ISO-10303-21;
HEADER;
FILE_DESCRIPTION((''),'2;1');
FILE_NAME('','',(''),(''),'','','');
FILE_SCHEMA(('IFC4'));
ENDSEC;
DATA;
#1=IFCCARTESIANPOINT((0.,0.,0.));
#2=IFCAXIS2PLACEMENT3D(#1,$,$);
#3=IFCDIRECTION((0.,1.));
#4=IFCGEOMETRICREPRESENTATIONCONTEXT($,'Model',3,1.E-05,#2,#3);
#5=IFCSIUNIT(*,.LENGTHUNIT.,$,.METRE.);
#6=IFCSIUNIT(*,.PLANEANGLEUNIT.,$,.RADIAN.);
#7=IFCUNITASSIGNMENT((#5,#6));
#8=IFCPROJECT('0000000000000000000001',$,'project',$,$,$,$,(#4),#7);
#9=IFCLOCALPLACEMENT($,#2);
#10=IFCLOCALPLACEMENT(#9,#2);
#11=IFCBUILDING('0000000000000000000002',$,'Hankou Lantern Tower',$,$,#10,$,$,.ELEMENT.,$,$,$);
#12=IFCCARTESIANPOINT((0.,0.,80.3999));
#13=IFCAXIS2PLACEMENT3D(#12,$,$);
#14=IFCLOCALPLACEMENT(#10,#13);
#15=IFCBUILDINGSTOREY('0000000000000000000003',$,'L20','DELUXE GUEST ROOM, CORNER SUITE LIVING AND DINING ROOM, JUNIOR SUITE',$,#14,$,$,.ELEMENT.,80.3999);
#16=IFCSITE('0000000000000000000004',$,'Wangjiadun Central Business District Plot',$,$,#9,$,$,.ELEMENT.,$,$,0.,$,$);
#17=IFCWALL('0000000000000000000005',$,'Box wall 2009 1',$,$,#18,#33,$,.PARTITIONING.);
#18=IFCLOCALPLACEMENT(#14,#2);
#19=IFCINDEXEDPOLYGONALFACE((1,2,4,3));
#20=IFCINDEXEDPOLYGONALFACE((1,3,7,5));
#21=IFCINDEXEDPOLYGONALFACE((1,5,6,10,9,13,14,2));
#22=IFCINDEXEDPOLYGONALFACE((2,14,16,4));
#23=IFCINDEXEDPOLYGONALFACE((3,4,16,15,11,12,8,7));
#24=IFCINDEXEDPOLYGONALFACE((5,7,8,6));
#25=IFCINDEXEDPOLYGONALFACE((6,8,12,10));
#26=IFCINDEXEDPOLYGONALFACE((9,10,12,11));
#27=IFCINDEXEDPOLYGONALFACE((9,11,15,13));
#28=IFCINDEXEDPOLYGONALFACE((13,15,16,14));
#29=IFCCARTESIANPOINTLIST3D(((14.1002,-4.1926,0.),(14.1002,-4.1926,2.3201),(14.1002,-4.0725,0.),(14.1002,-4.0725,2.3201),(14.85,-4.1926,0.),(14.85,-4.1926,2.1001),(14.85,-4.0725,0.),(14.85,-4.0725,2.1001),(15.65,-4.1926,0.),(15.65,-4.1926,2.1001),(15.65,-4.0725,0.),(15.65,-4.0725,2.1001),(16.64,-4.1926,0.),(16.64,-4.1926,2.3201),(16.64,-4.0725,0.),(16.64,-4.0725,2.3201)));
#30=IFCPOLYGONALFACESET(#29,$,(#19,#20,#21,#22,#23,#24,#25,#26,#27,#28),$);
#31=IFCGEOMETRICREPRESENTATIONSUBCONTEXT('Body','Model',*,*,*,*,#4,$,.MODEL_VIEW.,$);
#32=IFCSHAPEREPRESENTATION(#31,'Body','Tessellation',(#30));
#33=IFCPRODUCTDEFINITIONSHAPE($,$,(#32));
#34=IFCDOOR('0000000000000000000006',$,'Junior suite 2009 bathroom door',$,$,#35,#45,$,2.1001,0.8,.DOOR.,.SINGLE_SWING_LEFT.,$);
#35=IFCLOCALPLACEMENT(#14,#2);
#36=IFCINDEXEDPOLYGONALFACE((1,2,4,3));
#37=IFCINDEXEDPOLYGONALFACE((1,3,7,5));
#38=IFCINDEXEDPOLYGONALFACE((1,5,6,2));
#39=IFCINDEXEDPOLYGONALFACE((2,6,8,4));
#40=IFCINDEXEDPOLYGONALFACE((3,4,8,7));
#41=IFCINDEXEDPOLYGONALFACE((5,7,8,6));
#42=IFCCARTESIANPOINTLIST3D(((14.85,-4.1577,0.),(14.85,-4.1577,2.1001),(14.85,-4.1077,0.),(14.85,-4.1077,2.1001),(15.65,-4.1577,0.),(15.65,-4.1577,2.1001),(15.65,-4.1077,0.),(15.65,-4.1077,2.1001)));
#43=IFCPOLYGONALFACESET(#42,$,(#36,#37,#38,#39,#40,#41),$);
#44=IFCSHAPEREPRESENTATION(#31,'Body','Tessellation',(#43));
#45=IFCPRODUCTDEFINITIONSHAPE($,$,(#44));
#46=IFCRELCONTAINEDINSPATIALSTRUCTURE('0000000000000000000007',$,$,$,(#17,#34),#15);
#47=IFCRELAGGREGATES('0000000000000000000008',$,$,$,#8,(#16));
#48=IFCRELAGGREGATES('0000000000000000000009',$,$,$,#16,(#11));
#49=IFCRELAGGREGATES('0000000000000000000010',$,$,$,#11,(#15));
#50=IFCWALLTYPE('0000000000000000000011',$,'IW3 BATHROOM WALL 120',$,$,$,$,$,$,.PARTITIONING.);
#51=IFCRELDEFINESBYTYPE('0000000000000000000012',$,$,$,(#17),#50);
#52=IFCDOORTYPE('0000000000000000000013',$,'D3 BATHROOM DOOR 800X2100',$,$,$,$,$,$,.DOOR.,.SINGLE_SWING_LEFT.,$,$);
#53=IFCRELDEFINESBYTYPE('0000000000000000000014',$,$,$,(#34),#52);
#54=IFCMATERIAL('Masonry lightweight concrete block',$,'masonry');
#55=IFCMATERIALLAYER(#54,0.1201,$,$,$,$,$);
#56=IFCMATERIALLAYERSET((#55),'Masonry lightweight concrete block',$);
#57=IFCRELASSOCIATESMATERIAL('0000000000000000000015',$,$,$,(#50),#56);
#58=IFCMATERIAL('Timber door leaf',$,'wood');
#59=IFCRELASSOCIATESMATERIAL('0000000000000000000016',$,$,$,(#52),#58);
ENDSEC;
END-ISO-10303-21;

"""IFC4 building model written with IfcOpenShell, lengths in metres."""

from ifc_helpers import new_model, si_unit, direction, frame, frame_2d, origin, place, context, subcontext, project, spatial, rectangle, extrude, material, layer, layer_set, type_object, element, fill, save


model = new_model("IFC4")

# Units and contexts
model_context = context("Model", 3, precision=1e-05, world=origin(), true_north=direction((0.0, 1.0)))
body_context = subcontext(model_context, "Body", "Model", "MODEL_VIEW")
ifc_project = project(units=[si_unit("LENGTHUNIT", "METRE"), si_unit("PLANEANGLEUNIT", "RADIAN")], contexts=[model_context])

# Site, building, storey
site_placement = place(None, origin())
site = spatial("IfcSite", under=ifc_project, at=site_placement, Name="Wangjiadun Central Business District Plot", CompositionType="ELEMENT", RefElevation=0.0)
building_placement = place(site_placement, origin())
building = spatial("IfcBuilding", under=site, at=building_placement, Name="Hankou Lantern Tower", CompositionType="ELEMENT")
storey_placement = place(building_placement, frame((0.0, 0.0, 80.3999)))
storey = spatial("IfcBuildingStorey", under=building, at=storey_placement, Name="L20", Description="DELUXE GUEST ROOM, CORNER SUITE LIVING AND DINING ROOM, JUNIOR SUITE", CompositionType="ELEMENT", Elevation=80.3999)

# Wall, opening, door
ifc_material_1 = material(Name="Masonry lightweight concrete block", Category="masonry")
ifc_layer_1 = layer(ifc_material_1, 0.1201)
ifc_layer_set_1 = layer_set([ifc_layer_1], Name="Masonry lightweight concrete block")
wall_type_1 = type_object("IfcWallType", Name="IW3 BATHROOM WALL 120", PredefinedType="PARTITIONING", material=ifc_layer_set_1)
wall_1_placement = place(storey_placement, frame((14.1001, -4.1326, 0.0), z_axis=(0.0, 0.0, 1.0), x_axis=(1.0, 0.0, 0.0)))
wall_1 = element("IfcWall", 1, at=wall_1_placement, inside=storey, type_object=wall_type_1, Name="Box wall 2009 1", PredefinedType="PARTITIONING", context=body_context, shape_type="SweptSolid", body=[
    extrude(rectangle(XDim=2.5398, YDim=0.1201, at=frame_2d((1.27, 0.0))), origin(), (0.0, 0.0, 1.0), 2.3201),
])
opening_1_placement = place(wall_1_placement, frame((0.75, 0.0, 0.0)))
opening_1 = element("IfcOpeningElement", 2, at=opening_1_placement, cuts=wall_1, PredefinedType="OPENING", context=body_context, shape_type="SweptSolid", body=[
    extrude(rectangle(XDim=0.8, YDim=2.1001, at=frame_2d((0.3999, 1.05))), frame((0.0, 0.0701, 0.0), z_axis=(0.0, -1.0, 0.0), x_axis=(1.0, 0.0, 0.0)), (0.0, 0.0, 1.0), 0.1401),
])
ifc_material_2 = material(Name="Timber door leaf", Category="wood")
door_type_1 = type_object("IfcDoorType", Name="D3 BATHROOM DOOR 800X2100", OperationType="SINGLE_SWING_LEFT", PredefinedType="DOOR", material=ifc_material_2)
door_1_placement = place(opening_1_placement, origin())
door_1 = element("IfcDoor", 3, at=door_1_placement, inside=storey, type_object=door_type_1, Name="Junior suite 2009 bathroom door", OperationType="SINGLE_SWING_LEFT", OverallHeight=2.1001, OverallWidth=0.8, PredefinedType="DOOR", context=body_context, shape_type="SweptSolid", body=[
    extrude(rectangle(XDim=0.8, YDim=2.1001, at=frame_2d((0.3999, 1.05))), frame((0.0, 0.0249, 0.0), z_axis=(0.0, -1.0, 0.0), x_axis=(1.0, 0.0, 0.0)), (0.0, 0.0, 1.0), 0.05),
])
fill(opening_1, door_1)

save(model, "model.ifc")
